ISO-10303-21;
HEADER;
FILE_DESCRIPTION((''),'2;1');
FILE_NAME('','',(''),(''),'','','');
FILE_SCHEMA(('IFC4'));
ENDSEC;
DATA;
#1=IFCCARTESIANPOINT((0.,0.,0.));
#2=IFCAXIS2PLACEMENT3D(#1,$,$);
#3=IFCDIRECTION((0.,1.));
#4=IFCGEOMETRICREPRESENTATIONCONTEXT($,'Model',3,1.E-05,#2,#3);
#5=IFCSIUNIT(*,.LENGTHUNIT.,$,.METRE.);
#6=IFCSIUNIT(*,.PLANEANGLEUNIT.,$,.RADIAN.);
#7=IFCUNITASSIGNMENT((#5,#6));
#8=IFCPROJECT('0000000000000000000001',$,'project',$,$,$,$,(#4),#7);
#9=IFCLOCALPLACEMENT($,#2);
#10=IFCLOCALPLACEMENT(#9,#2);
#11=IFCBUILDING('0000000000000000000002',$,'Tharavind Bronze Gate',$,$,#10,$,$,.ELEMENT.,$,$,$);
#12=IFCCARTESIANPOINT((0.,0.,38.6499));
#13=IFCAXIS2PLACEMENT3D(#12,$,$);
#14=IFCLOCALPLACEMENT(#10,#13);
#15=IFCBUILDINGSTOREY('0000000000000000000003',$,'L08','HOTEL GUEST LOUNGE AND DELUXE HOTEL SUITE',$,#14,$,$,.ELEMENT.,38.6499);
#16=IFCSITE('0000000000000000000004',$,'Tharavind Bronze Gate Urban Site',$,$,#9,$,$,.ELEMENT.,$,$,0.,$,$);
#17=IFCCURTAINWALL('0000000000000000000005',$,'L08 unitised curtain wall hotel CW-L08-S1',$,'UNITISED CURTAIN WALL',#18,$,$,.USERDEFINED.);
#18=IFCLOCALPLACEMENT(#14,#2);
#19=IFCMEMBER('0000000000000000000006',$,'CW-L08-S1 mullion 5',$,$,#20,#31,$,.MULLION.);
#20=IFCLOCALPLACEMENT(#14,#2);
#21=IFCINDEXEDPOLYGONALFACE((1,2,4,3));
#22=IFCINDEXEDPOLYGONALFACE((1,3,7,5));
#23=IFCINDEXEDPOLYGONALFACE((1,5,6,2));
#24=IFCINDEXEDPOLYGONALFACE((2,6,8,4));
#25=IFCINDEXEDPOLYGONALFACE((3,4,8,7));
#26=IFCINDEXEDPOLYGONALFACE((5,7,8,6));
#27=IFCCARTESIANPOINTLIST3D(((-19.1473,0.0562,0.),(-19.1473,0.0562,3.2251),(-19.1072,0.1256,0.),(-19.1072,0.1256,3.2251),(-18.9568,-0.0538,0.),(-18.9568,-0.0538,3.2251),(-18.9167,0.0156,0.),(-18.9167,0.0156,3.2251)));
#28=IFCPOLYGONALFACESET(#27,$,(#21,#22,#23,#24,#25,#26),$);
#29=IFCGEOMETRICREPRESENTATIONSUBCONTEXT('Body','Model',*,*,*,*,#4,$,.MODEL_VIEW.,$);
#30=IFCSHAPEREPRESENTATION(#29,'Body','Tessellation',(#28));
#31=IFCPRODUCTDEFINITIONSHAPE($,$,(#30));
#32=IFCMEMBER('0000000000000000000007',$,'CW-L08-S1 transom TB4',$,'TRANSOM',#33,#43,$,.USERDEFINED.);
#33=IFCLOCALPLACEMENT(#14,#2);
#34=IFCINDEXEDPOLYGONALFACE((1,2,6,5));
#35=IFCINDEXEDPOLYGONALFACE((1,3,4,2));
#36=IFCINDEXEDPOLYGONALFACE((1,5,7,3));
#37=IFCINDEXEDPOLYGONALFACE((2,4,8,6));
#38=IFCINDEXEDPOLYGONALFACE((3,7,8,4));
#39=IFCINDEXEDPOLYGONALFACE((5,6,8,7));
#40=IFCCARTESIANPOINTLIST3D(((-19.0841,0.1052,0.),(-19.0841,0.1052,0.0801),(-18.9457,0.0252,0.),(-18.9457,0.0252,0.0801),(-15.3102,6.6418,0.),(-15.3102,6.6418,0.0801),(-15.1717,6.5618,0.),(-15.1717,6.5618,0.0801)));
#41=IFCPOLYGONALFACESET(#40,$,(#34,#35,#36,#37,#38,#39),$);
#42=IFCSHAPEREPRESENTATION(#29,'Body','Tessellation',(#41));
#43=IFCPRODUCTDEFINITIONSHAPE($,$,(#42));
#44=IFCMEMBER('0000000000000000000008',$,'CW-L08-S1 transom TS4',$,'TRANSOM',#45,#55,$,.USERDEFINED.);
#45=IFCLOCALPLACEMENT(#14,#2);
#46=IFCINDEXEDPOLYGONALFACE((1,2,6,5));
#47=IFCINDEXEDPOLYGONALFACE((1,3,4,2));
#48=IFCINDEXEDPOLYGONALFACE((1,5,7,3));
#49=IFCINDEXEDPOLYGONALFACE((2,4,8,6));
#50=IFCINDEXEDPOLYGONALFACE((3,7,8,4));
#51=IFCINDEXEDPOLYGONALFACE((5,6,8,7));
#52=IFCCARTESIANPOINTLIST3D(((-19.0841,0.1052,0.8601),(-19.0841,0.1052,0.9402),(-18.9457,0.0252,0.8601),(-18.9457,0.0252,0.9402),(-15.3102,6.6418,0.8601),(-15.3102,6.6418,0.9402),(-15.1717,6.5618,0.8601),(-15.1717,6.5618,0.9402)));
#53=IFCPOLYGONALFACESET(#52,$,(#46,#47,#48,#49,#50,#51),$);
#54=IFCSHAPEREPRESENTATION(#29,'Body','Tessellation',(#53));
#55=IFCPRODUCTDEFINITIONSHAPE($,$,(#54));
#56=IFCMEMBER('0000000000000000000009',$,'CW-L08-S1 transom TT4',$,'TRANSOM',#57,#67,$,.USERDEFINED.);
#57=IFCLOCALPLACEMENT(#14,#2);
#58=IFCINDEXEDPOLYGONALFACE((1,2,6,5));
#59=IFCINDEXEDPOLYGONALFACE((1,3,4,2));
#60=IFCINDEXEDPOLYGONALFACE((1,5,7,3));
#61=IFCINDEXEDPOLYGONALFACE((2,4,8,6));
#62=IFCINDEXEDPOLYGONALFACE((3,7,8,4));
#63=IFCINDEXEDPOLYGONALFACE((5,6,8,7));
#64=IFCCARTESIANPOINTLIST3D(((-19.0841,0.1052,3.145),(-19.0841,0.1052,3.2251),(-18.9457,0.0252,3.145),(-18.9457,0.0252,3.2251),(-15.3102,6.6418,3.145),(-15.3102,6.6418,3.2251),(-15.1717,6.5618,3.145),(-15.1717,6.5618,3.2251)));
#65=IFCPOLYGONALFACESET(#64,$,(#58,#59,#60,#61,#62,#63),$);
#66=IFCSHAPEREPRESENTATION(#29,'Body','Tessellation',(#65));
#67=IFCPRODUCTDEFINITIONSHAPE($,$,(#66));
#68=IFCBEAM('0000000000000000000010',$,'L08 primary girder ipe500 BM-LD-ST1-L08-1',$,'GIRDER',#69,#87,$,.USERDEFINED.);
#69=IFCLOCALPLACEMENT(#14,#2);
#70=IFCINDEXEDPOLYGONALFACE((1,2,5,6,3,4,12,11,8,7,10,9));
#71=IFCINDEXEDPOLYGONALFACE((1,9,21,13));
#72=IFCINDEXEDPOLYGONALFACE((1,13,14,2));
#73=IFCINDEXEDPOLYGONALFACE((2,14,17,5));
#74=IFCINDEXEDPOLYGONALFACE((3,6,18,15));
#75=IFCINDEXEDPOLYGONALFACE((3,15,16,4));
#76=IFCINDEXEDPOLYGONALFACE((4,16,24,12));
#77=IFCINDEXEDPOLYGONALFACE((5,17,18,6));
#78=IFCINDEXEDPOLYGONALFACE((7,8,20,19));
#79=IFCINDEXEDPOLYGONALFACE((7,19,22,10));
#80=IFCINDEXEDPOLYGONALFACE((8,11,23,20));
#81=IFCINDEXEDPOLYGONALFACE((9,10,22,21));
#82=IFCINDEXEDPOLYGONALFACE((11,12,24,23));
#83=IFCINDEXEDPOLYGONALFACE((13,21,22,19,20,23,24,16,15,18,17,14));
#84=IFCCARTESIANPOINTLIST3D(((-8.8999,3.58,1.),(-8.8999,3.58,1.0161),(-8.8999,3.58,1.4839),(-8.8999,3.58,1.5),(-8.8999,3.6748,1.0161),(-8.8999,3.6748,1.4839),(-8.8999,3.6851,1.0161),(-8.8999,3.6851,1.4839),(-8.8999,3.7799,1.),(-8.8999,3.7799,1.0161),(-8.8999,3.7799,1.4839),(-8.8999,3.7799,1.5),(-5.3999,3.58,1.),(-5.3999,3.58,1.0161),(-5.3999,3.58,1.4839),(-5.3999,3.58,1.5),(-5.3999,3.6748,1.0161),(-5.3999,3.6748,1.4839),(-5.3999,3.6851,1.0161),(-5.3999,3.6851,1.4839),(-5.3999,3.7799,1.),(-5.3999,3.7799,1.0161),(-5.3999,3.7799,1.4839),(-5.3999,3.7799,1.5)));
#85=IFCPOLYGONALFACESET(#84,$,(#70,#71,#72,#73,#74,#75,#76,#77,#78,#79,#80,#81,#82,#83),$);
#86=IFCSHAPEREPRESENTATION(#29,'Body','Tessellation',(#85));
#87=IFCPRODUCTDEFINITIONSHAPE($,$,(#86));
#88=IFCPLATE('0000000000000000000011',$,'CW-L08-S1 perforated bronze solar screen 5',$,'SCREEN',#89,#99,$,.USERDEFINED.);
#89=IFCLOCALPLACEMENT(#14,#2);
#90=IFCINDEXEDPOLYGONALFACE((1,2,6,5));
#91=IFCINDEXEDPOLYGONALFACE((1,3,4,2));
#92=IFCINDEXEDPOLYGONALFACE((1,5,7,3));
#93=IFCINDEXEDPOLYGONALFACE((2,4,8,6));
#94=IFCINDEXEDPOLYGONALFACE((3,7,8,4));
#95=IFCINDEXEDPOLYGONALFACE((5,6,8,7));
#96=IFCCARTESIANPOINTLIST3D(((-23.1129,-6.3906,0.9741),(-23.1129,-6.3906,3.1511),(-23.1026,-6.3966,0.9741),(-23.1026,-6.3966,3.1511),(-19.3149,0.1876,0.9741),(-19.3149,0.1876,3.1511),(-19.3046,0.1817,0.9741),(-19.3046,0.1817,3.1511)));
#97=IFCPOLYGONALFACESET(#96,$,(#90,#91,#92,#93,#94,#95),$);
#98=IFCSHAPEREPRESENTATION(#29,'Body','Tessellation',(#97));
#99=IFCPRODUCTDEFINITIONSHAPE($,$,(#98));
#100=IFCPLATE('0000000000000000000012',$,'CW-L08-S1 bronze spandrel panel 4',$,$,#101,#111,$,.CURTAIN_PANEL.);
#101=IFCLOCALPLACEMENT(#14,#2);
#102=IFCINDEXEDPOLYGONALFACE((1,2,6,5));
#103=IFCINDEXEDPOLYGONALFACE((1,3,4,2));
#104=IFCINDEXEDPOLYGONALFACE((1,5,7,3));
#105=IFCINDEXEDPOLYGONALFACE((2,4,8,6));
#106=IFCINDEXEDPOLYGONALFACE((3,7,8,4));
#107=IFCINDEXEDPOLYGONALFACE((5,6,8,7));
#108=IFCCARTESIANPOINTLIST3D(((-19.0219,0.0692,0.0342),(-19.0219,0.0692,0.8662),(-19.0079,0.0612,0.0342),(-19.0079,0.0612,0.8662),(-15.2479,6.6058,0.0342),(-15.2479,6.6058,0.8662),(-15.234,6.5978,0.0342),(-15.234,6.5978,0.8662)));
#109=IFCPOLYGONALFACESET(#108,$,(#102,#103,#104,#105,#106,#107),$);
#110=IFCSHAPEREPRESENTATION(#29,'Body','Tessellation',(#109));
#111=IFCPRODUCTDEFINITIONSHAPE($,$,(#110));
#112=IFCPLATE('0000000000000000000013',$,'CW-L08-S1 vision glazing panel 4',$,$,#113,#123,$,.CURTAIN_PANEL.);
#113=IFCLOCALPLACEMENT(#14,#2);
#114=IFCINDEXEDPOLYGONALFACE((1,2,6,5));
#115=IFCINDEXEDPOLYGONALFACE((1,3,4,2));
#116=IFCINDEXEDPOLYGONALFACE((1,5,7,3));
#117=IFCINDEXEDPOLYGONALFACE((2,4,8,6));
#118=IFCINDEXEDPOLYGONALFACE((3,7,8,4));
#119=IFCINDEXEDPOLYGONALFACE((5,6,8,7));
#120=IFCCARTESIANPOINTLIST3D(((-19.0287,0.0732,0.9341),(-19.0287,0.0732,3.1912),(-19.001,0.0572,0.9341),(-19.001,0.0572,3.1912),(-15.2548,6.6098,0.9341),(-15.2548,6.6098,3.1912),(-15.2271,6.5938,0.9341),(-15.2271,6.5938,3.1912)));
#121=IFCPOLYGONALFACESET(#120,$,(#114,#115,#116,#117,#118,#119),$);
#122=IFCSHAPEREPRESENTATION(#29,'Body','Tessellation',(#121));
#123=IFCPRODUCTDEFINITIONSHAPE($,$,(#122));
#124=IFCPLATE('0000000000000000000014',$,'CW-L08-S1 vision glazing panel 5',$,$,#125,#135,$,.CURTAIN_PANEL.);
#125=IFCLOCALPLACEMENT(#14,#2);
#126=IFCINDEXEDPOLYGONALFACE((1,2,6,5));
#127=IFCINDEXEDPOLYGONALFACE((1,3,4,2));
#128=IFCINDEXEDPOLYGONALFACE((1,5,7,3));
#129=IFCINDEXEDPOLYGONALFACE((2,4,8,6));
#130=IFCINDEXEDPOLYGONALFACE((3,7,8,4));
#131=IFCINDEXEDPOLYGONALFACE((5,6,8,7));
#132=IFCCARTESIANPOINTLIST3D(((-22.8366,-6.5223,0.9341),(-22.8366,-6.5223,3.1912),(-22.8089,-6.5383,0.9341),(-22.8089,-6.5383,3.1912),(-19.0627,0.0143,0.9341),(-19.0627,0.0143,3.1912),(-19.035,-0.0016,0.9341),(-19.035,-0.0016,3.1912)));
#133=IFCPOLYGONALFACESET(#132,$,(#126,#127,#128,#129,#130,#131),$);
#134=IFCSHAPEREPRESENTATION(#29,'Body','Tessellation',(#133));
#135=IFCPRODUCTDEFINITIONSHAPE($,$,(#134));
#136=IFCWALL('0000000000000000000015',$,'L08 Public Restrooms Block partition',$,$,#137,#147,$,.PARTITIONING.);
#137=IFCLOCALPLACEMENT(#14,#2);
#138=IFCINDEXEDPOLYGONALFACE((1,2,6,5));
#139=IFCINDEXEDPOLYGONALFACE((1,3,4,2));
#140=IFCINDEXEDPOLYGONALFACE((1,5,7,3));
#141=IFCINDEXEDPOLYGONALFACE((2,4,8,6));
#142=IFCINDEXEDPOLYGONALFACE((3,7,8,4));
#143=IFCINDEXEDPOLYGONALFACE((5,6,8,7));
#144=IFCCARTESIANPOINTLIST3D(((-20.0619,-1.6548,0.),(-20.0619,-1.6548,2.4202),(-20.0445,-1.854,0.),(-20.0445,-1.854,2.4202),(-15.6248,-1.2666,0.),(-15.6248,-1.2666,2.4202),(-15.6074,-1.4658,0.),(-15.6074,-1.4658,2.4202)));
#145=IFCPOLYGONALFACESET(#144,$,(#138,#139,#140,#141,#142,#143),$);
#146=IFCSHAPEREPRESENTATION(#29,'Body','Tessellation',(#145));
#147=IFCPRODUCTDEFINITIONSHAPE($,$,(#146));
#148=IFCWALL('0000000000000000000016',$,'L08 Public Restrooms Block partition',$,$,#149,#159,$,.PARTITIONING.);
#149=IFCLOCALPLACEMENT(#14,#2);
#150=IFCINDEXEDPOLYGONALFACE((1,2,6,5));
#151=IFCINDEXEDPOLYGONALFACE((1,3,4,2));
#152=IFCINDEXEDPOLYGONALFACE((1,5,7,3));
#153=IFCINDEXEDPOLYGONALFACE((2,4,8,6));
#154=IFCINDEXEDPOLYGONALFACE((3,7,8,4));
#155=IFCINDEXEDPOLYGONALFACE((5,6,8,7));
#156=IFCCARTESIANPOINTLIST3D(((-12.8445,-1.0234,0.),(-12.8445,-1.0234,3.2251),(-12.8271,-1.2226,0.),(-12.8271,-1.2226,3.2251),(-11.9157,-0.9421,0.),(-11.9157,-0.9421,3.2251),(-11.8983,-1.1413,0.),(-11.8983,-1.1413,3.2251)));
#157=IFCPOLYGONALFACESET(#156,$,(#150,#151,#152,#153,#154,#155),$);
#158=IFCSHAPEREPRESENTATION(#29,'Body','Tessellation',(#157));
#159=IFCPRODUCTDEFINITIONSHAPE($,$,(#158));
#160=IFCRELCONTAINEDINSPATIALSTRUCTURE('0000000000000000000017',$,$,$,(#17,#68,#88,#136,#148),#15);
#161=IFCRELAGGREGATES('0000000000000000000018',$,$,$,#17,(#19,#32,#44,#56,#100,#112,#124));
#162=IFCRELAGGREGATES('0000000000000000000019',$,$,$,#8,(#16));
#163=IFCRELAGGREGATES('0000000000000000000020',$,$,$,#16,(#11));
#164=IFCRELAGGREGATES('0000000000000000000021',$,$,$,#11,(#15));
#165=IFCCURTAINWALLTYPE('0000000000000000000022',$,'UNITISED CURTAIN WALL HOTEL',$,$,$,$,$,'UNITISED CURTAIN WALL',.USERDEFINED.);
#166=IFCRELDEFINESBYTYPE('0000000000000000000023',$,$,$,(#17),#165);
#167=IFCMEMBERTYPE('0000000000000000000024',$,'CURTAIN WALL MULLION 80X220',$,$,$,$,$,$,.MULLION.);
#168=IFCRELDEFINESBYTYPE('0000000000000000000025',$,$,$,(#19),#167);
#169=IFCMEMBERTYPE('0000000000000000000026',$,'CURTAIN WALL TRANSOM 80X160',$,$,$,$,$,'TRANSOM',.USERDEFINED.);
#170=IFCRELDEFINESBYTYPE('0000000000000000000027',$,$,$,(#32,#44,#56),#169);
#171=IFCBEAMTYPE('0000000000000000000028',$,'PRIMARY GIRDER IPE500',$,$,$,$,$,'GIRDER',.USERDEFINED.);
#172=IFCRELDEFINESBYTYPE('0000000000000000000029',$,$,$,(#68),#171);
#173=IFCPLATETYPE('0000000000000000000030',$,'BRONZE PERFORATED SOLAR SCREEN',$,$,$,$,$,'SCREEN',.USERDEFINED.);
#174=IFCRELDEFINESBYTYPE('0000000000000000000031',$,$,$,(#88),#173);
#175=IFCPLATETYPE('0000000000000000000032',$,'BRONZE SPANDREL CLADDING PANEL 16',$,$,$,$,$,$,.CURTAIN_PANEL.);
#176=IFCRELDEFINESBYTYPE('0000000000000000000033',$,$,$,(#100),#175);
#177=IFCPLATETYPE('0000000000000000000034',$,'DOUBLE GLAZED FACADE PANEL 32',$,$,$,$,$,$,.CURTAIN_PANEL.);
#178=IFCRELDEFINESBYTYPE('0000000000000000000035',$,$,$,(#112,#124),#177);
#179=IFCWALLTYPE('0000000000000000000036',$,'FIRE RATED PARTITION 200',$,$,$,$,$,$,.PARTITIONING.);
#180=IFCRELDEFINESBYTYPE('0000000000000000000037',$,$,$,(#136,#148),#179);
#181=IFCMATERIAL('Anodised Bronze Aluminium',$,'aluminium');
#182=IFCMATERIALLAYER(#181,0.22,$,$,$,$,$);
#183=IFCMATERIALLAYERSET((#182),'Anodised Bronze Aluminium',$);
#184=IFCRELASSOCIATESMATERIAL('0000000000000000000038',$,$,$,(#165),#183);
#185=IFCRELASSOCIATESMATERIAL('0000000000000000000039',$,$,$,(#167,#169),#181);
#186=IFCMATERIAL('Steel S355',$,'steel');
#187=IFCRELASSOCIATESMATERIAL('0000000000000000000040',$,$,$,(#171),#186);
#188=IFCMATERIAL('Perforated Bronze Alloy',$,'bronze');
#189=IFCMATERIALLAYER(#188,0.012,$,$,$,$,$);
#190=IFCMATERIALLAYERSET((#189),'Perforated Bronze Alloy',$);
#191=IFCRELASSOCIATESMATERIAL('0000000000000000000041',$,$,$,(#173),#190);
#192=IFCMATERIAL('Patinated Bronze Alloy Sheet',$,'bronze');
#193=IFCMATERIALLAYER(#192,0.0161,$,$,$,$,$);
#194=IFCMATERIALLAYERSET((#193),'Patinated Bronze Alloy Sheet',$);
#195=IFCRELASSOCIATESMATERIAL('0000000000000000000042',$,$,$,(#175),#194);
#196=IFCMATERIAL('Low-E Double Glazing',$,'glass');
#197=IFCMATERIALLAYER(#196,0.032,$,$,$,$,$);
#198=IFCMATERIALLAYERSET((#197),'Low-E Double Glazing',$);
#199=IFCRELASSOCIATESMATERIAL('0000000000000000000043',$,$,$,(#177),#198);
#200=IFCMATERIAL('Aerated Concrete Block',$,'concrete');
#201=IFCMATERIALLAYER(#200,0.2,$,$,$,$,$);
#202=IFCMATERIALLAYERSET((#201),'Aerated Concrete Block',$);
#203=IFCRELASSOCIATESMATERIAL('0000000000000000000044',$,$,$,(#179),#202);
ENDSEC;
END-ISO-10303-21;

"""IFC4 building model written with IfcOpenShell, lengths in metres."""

from ifc_helpers import new_model, si_unit, direction, frame, frame_2d, origin, origin_2d, place, context, subcontext, project, spatial, rectangle, i_section, extrude, material, layer, layer_set, material_profile, profile_set, type_object, element, aggregate, save


model = new_model("IFC4")

# Units and contexts
model_context = context("Model", 3, precision=1e-05, world=origin(), true_north=direction((0.0, 1.0)))
body_context = subcontext(model_context, "Body", "Model", "MODEL_VIEW")
ifc_project = project(units=[si_unit("LENGTHUNIT", "METRE"), si_unit("PLANEANGLEUNIT", "RADIAN")], contexts=[model_context])

# Site, building, storey
site_placement = place(None, origin())
site = spatial("IfcSite", under=ifc_project, at=site_placement, Name="Tharavind Bronze Gate Urban Site", CompositionType="ELEMENT", RefElevation=0.0)
building_placement = place(site_placement, origin())
building = spatial("IfcBuilding", under=site, at=building_placement, Name="Tharavind Bronze Gate", CompositionType="ELEMENT")
storey_placement = place(building_placement, frame((0.0, 0.0, 38.6499)))
storey = spatial("IfcBuildingStorey", under=building, at=storey_placement, Name="L08", Description="HOTEL GUEST LOUNGE AND DELUXE HOTEL SUITE", CompositionType="ELEMENT", Elevation=38.6499)

# Curtain wall, members
ifc_material_1 = material(Name="Anodised Bronze Aluminium", Category="aluminium")
ifc_layer_1 = layer(ifc_material_1, 0.22)
ifc_layer_set_1 = layer_set([ifc_layer_1], Name="Anodised Bronze Aluminium")
curtain_wall_type = type_object("IfcCurtainWallType", Name="UNITISED CURTAIN WALL HOTEL", ElementType="UNITISED CURTAIN WALL", PredefinedType="USERDEFINED", material=ifc_layer_set_1)
curtain_wall_placement = place(storey_placement, origin())
curtain_wall = element("IfcCurtainWall", 1, at=curtain_wall_placement, inside=storey, type_object=curtain_wall_type, Name="L08 unitised curtain wall hotel CW-L08-S1", ObjectType="UNITISED CURTAIN WALL", PredefinedType="USERDEFINED")
member_type_1 = type_object("IfcMemberType", Name="CURTAIN WALL MULLION 80X220", PredefinedType="MULLION", material=ifc_material_1)
member_1_placement = place(storey_placement, frame((-19.032, 0.0359, 0.0), z_axis=(0.0, 0.0, 1.0), x_axis=(-0.500002, -0.866025, 0.0)))
member_1 = element("IfcMember", 2, at=member_1_placement, type_object=member_type_1, Name="CW-L08-S1 mullion 5", PredefinedType="MULLION", context=body_context, shape_type="SweptSolid", body=[
    extrude(rectangle(XDim=0.0801, YDim=0.22, at=origin_2d()), origin(), (0.0, 0.0, 1.0), 3.2251),
])
member_type_2 = type_object("IfcMemberType", Name="CURTAIN WALL TRANSOM 80X160", ElementType="TRANSOM", PredefinedType="USERDEFINED", material=ifc_material_1)
member_2_placement = place(storey_placement, frame((-17.1279, 3.3335, 0.0), z_axis=(0.0, 0.0, 1.0), x_axis=(-0.500002, -0.866025, 0.0)))
member_2 = element("IfcMember", 3, at=member_2_placement, type_object=member_type_2, Name="CW-L08-S1 transom TB4", ObjectType="TRANSOM", PredefinedType="USERDEFINED", context=body_context, shape_type="SweptSolid", body=[
    extrude(rectangle(XDim=7.5479, YDim=0.1599, at=origin_2d()), origin(), (0.0, 0.0, 1.0), 0.0801),
])
member_3_placement = place(storey_placement, frame((-17.1279, 3.3335, 0.8601), z_axis=(0.0, 0.0, 1.0), x_axis=(-0.500002, -0.866025, 0.0)))
member_3 = element("IfcMember", 4, at=member_3_placement, type_object=member_type_2, Name="CW-L08-S1 transom TS4", ObjectType="TRANSOM", PredefinedType="USERDEFINED", context=body_context, shape_type="SweptSolid", body=[
    extrude(rectangle(XDim=7.5479, YDim=0.1599, at=origin_2d()), origin(), (0.0, 0.0, 1.0), 0.0801),
])
member_4_placement = place(storey_placement, frame((-17.1279, 3.3335, 3.145), z_axis=(0.0, 0.0, 1.0), x_axis=(-0.500002, -0.866025, 0.0)))
member_4 = element("IfcMember", 5, at=member_4_placement, type_object=member_type_2, Name="CW-L08-S1 transom TT4", ObjectType="TRANSOM", PredefinedType="USERDEFINED", context=body_context, shape_type="SweptSolid", body=[
    extrude(rectangle(XDim=7.5479, YDim=0.1599, at=origin_2d()), origin(), (0.0, 0.0, 1.0), 0.0801),
])

# Beam
ifc_material_2 = material(Name="Steel S355", Category="steel")
ifc_material_profile = material_profile(ifc_material_2, i_section(OverallWidth=0.2, OverallDepth=0.5, WebThickness=0.0103, FlangeThickness=0.0161, at=origin_2d()), Name="IPE500")
ifc_profile_set = profile_set([ifc_material_profile], Name="Steel S355")
beam_type = type_object("IfcBeamType", Name="PRIMARY GIRDER IPE500", ElementType="GIRDER", PredefinedType="USERDEFINED", material=ifc_profile_set)
beam_placement = place(storey_placement, frame((-8.8999, 3.6799, 1.25), z_axis=(1.0, 0.0, 0.0), x_axis=(0.0, 1.0, 0.0)))
element("IfcBeam", 6, at=beam_placement, inside=storey, type_object=beam_type, Name="L08 primary girder ipe500 BM-LD-ST1-L08-1", ObjectType="GIRDER", PredefinedType="USERDEFINED", context=body_context, shape_type="SweptSolid", body=[
    extrude(i_section(OverallWidth=0.2, OverallDepth=0.5, WebThickness=0.0103, FlangeThickness=0.0161, at=origin_2d()), origin(), (0.0, 0.0, 1.0), 3.5),
])

# Plates
ifc_material_3 = material(Name="Perforated Bronze Alloy", Category="bronze")
ifc_layer_2 = layer(ifc_material_3, 0.012)
ifc_layer_set_2 = layer_set([ifc_layer_2], Name="Perforated Bronze Alloy")
plate_type_1 = type_object("IfcPlateType", Name="BRONZE PERFORATED SOLAR SCREEN", ElementType="SCREEN", PredefinedType="USERDEFINED", material=ifc_layer_set_2)
plate_1_placement = place(storey_placement, frame((-21.2087, -3.1045, 0.9741), z_axis=(0.0, 0.0, 1.0), x_axis=(-0.500002, -0.866025, 0.0)))
element("IfcPlate", 7, at=plate_1_placement, inside=storey, type_object=plate_type_1, Name="CW-L08-S1 perforated bronze solar screen 5", ObjectType="SCREEN", PredefinedType="USERDEFINED", context=body_context, shape_type="SweptSolid", body=[
    extrude(rectangle(XDim=7.5959, YDim=0.012, at=origin_2d()), origin(), (0.0, 0.0, 1.0), 2.177),
])
ifc_material_4 = material(Name="Patinated Bronze Alloy Sheet", Category="bronze")
ifc_layer_3 = layer(ifc_material_4, 0.0161)
ifc_layer_set_3 = layer_set([ifc_layer_3], Name="Patinated Bronze Alloy Sheet")
plate_type_2 = type_object("IfcPlateType", Name="BRONZE SPANDREL CLADDING PANEL 16", PredefinedType="CURTAIN_PANEL", material=ifc_layer_set_3)
plate_2_placement = place(storey_placement, frame((-17.1279, 3.3335, 0.0342), z_axis=(0.0, 0.0, 1.0), x_axis=(-0.500002, -0.866025, 0.0)))
plate_2 = element("IfcPlate", 8, at=plate_2_placement, type_object=plate_type_2, Name="CW-L08-S1 bronze spandrel panel 4", PredefinedType="CURTAIN_PANEL", context=body_context, shape_type="SweptSolid", body=[
    extrude(rectangle(XDim=7.5479, YDim=0.0161, at=origin_2d()), origin(), (0.0, 0.0, 1.0), 0.832),
])
ifc_material_5 = material(Name="Low-E Double Glazing", Category="glass")
ifc_layer_4 = layer(ifc_material_5, 0.032)
ifc_layer_set_4 = layer_set([ifc_layer_4], Name="Low-E Double Glazing")
plate_type_3 = type_object("IfcPlateType", Name="DOUBLE GLAZED FACADE PANEL 32", PredefinedType="CURTAIN_PANEL", material=ifc_layer_set_4)
plate_3_placement = place(storey_placement, frame((-17.1279, 3.3335, 0.9341), z_axis=(0.0, 0.0, 1.0), x_axis=(-0.500002, -0.866025, 0.0)))
plate_3 = element("IfcPlate", 9, at=plate_3_placement, type_object=plate_type_3, Name="CW-L08-S1 vision glazing panel 4", PredefinedType="CURTAIN_PANEL", context=body_context, shape_type="SweptSolid", body=[
    extrude(rectangle(XDim=7.5479, YDim=0.032, at=origin_2d()), origin(), (0.0, 0.0, 1.0), 2.2571),
])
plate_4_placement = place(storey_placement, frame((-20.9358, -3.262, 0.9341), z_axis=(0.0, 0.0, 1.0), x_axis=(-0.500002, -0.866025, 0.0)))
plate_4 = element("IfcPlate", 10, at=plate_4_placement, type_object=plate_type_3, Name="CW-L08-S1 vision glazing panel 5", PredefinedType="CURTAIN_PANEL", context=body_context, shape_type="SweptSolid", body=[
    extrude(rectangle(XDim=7.5479, YDim=0.032, at=origin_2d()), origin(), (0.0, 0.0, 1.0), 2.2571),
])
aggregate(curtain_wall, [member_1, member_2, member_3, member_4, plate_2, plate_3, plate_4])

# Walls
ifc_material_6 = material(Name="Aerated Concrete Block", Category="concrete")
ifc_layer_5 = layer(ifc_material_6, 0.2)
ifc_layer_set_5 = layer_set([ifc_layer_5], Name="Aerated Concrete Block")
wall_type_1 = type_object("IfcWallType", Name="FIRE RATED PARTITION 200", PredefinedType="PARTITIONING", material=ifc_layer_set_5)
wall_1_placement = place(storey_placement, frame((-20.0532, -1.7544, 0.0), z_axis=(0.0, 0.0, 1.0), x_axis=(0.996195, 0.08715, 0.0)))
element("IfcWall", 11, at=wall_1_placement, inside=storey, type_object=wall_type_1, Name="L08 Public Restrooms Block partition", PredefinedType="PARTITIONING", context=body_context, shape_type="SweptSolid", body=[
    extrude(rectangle(XDim=4.4541, YDim=0.2, at=frame_2d((2.2271, 0.0))), origin(), (0.0, 0.0, 1.0), 2.4202),
])
wall_2_placement = place(storey_placement, frame((-12.8359, -1.123, 0.0), z_axis=(0.0, 0.0, 1.0), x_axis=(0.99619, 0.087206, 0.0)))
element("IfcWall", 12, at=wall_2_placement, inside=storey, type_object=wall_type_1, Name="L08 Public Restrooms Block partition", PredefinedType="PARTITIONING", context=body_context, shape_type="SweptSolid", body=[
    extrude(rectangle(XDim=0.9324, YDim=0.2, at=frame_2d((0.4663, 0.0))), origin(), (0.0, 0.0, 1.0), 3.2251),
])

save(model, "model.ifc")
